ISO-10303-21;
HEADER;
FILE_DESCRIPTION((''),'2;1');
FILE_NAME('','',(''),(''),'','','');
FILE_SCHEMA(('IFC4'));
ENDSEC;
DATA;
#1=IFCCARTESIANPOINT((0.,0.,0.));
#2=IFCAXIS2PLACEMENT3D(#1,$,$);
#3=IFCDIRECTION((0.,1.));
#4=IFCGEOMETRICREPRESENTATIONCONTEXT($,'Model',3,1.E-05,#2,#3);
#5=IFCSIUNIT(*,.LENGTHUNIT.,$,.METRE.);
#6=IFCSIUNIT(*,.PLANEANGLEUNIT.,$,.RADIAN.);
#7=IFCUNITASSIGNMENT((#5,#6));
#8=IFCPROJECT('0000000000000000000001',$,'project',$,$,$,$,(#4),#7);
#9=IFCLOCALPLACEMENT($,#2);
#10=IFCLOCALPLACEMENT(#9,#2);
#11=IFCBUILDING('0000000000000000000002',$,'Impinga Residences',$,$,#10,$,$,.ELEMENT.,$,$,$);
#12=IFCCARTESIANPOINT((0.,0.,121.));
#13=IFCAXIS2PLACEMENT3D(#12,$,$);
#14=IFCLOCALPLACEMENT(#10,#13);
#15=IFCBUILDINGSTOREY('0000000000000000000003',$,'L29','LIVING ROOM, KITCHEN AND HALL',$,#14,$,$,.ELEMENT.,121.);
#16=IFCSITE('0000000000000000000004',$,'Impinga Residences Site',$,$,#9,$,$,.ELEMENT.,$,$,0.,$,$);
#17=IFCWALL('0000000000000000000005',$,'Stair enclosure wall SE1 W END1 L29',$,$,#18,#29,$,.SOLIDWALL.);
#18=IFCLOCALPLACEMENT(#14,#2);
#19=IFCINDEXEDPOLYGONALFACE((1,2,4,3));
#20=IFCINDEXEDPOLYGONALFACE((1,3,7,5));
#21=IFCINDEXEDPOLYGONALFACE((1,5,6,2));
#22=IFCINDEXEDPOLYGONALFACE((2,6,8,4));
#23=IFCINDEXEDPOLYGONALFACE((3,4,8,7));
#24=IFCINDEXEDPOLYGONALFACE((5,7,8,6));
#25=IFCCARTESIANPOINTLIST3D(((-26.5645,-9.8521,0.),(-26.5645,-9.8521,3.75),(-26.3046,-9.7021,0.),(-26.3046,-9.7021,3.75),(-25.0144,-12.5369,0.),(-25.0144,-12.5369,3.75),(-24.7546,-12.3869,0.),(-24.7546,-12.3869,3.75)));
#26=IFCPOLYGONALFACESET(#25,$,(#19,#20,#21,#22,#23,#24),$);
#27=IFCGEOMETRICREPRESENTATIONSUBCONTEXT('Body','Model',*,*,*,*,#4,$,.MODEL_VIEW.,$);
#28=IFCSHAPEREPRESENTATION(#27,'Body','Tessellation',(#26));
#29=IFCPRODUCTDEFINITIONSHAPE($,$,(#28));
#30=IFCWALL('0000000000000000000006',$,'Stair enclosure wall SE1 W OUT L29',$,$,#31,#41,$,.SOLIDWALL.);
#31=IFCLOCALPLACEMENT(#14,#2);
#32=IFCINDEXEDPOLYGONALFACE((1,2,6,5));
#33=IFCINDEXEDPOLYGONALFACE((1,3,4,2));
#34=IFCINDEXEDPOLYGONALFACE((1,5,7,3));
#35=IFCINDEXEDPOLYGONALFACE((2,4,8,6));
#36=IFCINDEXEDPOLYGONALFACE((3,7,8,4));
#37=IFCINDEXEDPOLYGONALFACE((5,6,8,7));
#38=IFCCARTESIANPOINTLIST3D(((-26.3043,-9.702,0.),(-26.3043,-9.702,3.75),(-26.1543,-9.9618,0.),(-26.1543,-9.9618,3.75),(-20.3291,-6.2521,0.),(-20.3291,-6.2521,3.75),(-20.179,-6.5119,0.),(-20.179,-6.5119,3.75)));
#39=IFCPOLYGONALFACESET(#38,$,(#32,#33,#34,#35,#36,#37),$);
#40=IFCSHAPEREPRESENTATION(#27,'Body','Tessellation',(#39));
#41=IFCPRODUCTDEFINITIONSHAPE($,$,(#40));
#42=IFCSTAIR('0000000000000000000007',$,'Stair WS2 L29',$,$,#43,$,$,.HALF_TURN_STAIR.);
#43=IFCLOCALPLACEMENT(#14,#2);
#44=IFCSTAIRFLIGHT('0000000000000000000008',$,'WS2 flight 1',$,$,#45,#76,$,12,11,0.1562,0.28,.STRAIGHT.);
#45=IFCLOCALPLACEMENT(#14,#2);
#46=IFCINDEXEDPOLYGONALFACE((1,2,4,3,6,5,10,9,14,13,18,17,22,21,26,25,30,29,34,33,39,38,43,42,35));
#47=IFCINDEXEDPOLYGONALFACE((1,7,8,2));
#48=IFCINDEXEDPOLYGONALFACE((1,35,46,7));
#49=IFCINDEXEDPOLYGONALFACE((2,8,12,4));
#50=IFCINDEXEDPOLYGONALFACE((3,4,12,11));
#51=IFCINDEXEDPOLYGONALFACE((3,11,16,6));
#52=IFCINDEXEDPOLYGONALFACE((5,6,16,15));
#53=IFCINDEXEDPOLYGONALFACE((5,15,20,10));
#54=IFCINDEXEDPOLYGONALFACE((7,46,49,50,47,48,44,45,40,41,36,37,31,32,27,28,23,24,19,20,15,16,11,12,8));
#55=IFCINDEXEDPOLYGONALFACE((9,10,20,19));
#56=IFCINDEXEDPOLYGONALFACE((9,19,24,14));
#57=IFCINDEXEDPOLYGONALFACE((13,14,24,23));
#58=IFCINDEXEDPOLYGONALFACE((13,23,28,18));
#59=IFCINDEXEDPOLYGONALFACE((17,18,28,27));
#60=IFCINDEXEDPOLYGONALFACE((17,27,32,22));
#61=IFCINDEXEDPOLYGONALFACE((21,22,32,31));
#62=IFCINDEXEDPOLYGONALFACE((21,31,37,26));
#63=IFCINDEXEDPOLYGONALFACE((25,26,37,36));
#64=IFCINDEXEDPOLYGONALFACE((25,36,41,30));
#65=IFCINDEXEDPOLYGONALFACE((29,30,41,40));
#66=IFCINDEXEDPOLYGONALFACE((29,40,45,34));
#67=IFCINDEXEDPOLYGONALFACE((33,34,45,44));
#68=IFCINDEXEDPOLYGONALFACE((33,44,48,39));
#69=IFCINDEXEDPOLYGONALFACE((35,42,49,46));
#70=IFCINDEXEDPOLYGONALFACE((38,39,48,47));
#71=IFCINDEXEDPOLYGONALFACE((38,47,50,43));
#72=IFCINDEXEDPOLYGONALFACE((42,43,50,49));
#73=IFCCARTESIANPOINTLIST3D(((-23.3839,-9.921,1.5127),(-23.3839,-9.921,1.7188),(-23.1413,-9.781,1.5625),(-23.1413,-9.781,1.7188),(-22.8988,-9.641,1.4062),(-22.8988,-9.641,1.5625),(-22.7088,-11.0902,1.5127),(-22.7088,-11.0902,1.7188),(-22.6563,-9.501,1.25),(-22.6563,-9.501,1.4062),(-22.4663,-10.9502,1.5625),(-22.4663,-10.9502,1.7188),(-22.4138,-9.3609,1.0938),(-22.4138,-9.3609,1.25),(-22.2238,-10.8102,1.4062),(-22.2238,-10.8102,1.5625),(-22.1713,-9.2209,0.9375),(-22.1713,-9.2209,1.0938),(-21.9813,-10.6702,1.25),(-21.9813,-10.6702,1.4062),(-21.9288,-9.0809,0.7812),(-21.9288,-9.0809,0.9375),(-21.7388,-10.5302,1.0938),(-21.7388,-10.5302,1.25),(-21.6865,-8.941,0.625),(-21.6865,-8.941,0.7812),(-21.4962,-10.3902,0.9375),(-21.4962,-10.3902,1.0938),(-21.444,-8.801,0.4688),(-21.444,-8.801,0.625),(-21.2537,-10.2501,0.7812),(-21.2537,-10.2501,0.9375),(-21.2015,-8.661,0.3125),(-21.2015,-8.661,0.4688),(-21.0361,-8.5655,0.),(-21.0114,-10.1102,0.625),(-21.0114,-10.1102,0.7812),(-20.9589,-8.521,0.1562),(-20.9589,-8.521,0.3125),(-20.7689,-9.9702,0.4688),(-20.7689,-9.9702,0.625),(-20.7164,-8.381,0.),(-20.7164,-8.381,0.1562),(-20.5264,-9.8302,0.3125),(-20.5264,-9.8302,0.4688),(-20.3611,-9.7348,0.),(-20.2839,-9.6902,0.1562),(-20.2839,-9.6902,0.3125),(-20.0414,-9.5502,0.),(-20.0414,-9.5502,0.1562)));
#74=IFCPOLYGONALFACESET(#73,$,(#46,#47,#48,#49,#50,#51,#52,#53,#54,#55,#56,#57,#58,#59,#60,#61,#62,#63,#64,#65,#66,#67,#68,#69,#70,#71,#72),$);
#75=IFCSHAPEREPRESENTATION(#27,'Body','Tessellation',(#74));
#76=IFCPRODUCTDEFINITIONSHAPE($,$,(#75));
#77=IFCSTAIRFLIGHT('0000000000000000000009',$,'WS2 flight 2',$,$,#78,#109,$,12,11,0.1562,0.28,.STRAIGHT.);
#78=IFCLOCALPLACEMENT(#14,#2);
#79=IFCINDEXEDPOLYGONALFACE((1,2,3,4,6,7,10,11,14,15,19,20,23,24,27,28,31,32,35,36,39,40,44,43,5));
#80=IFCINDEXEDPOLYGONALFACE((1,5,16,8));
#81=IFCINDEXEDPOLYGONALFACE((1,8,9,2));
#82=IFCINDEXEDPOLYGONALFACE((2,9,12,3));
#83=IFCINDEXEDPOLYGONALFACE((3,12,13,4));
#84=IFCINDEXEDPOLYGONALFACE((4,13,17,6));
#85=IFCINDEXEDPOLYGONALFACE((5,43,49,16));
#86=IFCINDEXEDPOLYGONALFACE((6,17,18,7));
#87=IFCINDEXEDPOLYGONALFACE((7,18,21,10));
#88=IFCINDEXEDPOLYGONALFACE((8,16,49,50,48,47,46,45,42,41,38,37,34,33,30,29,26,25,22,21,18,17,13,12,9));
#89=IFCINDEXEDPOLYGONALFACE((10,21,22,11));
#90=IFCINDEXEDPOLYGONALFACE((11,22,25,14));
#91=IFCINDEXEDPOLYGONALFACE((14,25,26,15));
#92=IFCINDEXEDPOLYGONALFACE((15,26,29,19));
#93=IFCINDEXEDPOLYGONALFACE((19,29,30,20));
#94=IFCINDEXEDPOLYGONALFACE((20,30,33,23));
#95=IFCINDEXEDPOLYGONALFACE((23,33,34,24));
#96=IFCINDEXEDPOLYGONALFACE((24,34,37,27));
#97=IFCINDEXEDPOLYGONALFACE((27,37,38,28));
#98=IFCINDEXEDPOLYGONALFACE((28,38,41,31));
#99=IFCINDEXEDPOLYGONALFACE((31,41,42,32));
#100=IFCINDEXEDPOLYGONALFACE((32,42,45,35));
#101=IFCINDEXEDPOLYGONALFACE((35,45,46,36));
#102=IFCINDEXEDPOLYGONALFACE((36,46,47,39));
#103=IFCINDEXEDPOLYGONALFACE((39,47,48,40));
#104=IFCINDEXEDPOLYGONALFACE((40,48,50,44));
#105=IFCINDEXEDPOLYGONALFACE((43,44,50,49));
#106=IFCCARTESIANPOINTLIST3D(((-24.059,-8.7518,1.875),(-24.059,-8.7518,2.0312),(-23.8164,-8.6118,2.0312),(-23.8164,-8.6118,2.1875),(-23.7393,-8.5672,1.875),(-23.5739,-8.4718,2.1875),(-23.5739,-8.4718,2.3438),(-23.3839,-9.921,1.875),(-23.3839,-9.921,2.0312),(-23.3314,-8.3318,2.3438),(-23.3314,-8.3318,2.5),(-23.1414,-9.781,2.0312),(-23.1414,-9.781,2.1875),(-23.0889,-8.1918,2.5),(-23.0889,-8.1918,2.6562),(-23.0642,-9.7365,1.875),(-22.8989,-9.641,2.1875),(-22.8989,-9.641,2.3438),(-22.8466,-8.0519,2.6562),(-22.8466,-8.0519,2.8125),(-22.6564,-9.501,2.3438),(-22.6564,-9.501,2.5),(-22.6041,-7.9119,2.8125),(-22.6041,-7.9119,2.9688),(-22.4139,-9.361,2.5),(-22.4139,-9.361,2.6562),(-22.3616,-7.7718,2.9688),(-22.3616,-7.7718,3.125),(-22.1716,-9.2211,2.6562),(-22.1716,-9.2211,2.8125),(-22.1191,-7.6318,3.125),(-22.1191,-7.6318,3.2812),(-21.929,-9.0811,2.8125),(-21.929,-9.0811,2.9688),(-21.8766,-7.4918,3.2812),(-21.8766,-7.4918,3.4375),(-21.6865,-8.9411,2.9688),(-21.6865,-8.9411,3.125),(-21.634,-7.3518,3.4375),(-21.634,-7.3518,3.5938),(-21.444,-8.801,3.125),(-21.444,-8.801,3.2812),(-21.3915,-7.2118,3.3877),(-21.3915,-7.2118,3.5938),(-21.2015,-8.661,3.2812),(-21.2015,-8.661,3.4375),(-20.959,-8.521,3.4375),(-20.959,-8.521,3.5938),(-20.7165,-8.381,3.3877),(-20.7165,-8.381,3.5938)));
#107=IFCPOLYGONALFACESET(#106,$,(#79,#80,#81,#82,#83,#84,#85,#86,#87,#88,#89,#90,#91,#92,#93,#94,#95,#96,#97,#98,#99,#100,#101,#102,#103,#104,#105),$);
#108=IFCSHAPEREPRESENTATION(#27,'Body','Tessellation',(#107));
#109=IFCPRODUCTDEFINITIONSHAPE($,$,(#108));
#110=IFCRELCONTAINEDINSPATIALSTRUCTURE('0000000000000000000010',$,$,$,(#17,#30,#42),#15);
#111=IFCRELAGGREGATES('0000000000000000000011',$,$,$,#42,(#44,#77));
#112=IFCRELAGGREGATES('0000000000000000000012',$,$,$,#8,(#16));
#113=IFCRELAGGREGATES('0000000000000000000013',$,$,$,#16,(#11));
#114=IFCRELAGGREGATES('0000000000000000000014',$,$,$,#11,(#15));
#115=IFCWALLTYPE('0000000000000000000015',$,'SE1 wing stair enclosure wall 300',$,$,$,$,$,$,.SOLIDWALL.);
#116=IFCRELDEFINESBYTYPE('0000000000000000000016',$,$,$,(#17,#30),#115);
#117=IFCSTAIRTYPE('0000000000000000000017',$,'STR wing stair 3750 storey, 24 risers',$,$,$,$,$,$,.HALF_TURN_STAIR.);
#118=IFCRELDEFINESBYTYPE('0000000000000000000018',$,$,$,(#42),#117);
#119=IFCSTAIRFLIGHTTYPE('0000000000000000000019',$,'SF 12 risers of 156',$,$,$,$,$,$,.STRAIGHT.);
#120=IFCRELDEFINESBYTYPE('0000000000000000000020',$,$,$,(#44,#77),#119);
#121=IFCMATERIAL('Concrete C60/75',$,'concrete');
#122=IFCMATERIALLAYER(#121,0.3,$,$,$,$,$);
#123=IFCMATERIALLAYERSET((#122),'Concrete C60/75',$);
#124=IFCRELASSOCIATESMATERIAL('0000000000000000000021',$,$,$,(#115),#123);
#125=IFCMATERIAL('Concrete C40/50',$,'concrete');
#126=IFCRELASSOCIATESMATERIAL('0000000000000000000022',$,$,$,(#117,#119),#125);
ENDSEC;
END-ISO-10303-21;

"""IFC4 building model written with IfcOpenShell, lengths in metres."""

from ifc_helpers import new_model, si_unit, direction, frame, frame_2d, origin, place, context, subcontext, project, spatial, polyline, rectangle, outline, extrude, material, layer, layer_set, type_object, element, aggregate, save


model = new_model("IFC4")

# Units and contexts
model_context = context("Model", 3, precision=1e-05, world=origin(), true_north=direction((0.0, 1.0)))
body_context = subcontext(model_context, "Body", "Model", "MODEL_VIEW")
ifc_project = project(units=[si_unit("LENGTHUNIT", "METRE"), si_unit("PLANEANGLEUNIT", "RADIAN")], contexts=[model_context])

# Site, building, storey
site_placement = place(None, origin())
site = spatial("IfcSite", under=ifc_project, at=site_placement, Name="Impinga Residences Site", CompositionType="ELEMENT", RefElevation=0.0)
building_placement = place(site_placement, origin())
building = spatial("IfcBuilding", under=site, at=building_placement, Name="Impinga Residences", CompositionType="ELEMENT")
storey_placement = place(building_placement, frame((0.0, 0.0, 121.0)))
storey = spatial("IfcBuildingStorey", under=building, at=storey_placement, Name="L29", Description="LIVING ROOM, KITCHEN AND HALL", CompositionType="ELEMENT", Elevation=121.0)

# Shared definitions
ifc_material_1 = material(Name="Concrete C60/75", Category="concrete")

# Walls
ifc_layer_1 = layer(ifc_material_1, 0.3)
ifc_layer_set_1 = layer_set([ifc_layer_1], Name="Concrete C60/75")
wall_type_1 = type_object("IfcWallType", Name="SE1 wing stair enclosure wall 300", PredefinedType="SOLIDWALL", material=ifc_layer_set_1)
wall_1_placement = place(storey_placement, frame((-24.8845, -12.4619, 0.0), z_axis=(0.0, 0.0, 1.0), x_axis=(-0.499993, 0.86603, 0.0)))
element("IfcWall", 1, at=wall_1_placement, inside=storey, type_object=wall_type_1, Name="Stair enclosure wall SE1 W END1 L29", PredefinedType="SOLIDWALL", context=body_context, shape_type="SweptSolid", body=[
    extrude(rectangle(XDim=3.1001, YDim=0.3, at=frame_2d((1.55, 0.0))), origin(), (0.0, 0.0, 1.0), 3.75),
])
wall_2_placement = place(storey_placement, frame((-20.2542, -6.3821, 0.0), z_axis=(0.0, 0.0, 1.0), x_axis=(-0.86602, -0.500009, 0.0)))
element("IfcWall", 2, at=wall_2_placement, inside=storey, type_object=wall_type_1, Name="Stair enclosure wall SE1 W OUT L29", PredefinedType="SOLIDWALL", context=body_context, shape_type="SweptSolid", body=[
    extrude(rectangle(XDim=6.8997, YDim=0.3, at=frame_2d((3.4497, 0.0))), origin(), (0.0, 0.0, 1.0), 3.75),
])

# Stair, stair flights
ifc_material_2 = material(Name="Concrete C40/50", Category="concrete")
stair_type = type_object("IfcStairType", Name="STR wing stair 3750 storey, 24 risers", PredefinedType="HALF_TURN_STAIR", material=ifc_material_2)
stair_placement = place(storey_placement, origin())
stair = element("IfcStair", 3, at=stair_placement, inside=storey, type_object=stair_type, Name="Stair WS2 L29", PredefinedType="HALF_TURN_STAIR")
stair_flight_type = type_object("IfcStairFlightType", Name="SF 12 risers of 156", PredefinedType="STRAIGHT", material=ifc_material_2)
stair_flight_1_placement = place(storey_placement, frame((-20.3789, -8.9656, 0.0), z_axis=(0.0, 0.0, 1.0), x_axis=(-0.866025, -0.5, 0.0)))
stair_flight_1 = element("IfcStairFlight", 4, at=stair_flight_1_placement, type_object=stair_flight_type, Name="WS2 flight 1", NumberOfRisers=12, NumberOfTreads=11, PredefinedType="STRAIGHT", RiserHeight=0.1562, TreadLength=0.28, context=body_context, shape_type="SweptSolid", body=[
    extrude(outline(polyline([(0.0, 0.0), (0.0, 0.1562), (0.28, 0.1562), (0.28, 0.3125), (0.5601, 0.3125), (0.5601, 0.4688), (0.8401, 0.4688), (0.8401, 0.625), (1.1201, 0.625), (1.1201, 0.7812), (1.3999, 0.7812), (1.3999, 0.9375), (1.6799, 0.9375), (1.6799, 1.0938), (1.96, 1.0938), (1.96, 1.25), (2.24, 1.25), (2.24, 1.4062), (2.52, 1.4062), (2.52, 1.5625), (2.8, 1.5625), (2.8, 1.7188), (3.0801, 1.7188), (3.0801, 1.875), (3.0801, 1.5127), (0.3691, 0.0), (0.0, 0.0)])), frame((0.0, 0.675, 0.0), z_axis=(0.0, -1.0, 0.0), x_axis=(1.0, 0.0, 0.0)), (0.0, 0.0, 1.0), 1.3501),
])
stair_flight_2_placement = place(storey_placement, frame((-23.7214, -9.3364, 1.875), z_axis=(0.0, 0.0, 1.0), x_axis=(0.866025, 0.5, 0.0)))
stair_flight_2 = element("IfcStairFlight", 5, at=stair_flight_2_placement, type_object=stair_flight_type, Name="WS2 flight 2", NumberOfRisers=12, NumberOfTreads=11, PredefinedType="STRAIGHT", RiserHeight=0.1562, TreadLength=0.28, context=body_context, shape_type="SweptSolid", body=[
    extrude(outline(polyline([(0.0, 0.0), (0.0, 0.1562), (0.28, 0.1562), (0.28, 0.3125), (0.5601, 0.3125), (0.5601, 0.4688), (0.8401, 0.4688), (0.8401, 0.625), (1.1201, 0.625), (1.1201, 0.7812), (1.3999, 0.7812), (1.3999, 0.9375), (1.6799, 0.9375), (1.6799, 1.0938), (1.96, 1.0938), (1.96, 1.25), (2.24, 1.25), (2.24, 1.4062), (2.52, 1.4062), (2.52, 1.5625), (2.8, 1.5625), (2.8, 1.7188), (3.0801, 1.7188), (3.0801, 1.875), (3.0801, 1.5127), (0.3691, 0.0), (0.0, 0.0)])), frame((0.0, 0.675, 0.0), z_axis=(0.0, -1.0, 0.0), x_axis=(1.0, 0.0, 0.0)), (0.0, 0.0, 1.0), 1.3501),
])
aggregate(stair, [stair_flight_1, stair_flight_2])

save(model, "model.ifc")
